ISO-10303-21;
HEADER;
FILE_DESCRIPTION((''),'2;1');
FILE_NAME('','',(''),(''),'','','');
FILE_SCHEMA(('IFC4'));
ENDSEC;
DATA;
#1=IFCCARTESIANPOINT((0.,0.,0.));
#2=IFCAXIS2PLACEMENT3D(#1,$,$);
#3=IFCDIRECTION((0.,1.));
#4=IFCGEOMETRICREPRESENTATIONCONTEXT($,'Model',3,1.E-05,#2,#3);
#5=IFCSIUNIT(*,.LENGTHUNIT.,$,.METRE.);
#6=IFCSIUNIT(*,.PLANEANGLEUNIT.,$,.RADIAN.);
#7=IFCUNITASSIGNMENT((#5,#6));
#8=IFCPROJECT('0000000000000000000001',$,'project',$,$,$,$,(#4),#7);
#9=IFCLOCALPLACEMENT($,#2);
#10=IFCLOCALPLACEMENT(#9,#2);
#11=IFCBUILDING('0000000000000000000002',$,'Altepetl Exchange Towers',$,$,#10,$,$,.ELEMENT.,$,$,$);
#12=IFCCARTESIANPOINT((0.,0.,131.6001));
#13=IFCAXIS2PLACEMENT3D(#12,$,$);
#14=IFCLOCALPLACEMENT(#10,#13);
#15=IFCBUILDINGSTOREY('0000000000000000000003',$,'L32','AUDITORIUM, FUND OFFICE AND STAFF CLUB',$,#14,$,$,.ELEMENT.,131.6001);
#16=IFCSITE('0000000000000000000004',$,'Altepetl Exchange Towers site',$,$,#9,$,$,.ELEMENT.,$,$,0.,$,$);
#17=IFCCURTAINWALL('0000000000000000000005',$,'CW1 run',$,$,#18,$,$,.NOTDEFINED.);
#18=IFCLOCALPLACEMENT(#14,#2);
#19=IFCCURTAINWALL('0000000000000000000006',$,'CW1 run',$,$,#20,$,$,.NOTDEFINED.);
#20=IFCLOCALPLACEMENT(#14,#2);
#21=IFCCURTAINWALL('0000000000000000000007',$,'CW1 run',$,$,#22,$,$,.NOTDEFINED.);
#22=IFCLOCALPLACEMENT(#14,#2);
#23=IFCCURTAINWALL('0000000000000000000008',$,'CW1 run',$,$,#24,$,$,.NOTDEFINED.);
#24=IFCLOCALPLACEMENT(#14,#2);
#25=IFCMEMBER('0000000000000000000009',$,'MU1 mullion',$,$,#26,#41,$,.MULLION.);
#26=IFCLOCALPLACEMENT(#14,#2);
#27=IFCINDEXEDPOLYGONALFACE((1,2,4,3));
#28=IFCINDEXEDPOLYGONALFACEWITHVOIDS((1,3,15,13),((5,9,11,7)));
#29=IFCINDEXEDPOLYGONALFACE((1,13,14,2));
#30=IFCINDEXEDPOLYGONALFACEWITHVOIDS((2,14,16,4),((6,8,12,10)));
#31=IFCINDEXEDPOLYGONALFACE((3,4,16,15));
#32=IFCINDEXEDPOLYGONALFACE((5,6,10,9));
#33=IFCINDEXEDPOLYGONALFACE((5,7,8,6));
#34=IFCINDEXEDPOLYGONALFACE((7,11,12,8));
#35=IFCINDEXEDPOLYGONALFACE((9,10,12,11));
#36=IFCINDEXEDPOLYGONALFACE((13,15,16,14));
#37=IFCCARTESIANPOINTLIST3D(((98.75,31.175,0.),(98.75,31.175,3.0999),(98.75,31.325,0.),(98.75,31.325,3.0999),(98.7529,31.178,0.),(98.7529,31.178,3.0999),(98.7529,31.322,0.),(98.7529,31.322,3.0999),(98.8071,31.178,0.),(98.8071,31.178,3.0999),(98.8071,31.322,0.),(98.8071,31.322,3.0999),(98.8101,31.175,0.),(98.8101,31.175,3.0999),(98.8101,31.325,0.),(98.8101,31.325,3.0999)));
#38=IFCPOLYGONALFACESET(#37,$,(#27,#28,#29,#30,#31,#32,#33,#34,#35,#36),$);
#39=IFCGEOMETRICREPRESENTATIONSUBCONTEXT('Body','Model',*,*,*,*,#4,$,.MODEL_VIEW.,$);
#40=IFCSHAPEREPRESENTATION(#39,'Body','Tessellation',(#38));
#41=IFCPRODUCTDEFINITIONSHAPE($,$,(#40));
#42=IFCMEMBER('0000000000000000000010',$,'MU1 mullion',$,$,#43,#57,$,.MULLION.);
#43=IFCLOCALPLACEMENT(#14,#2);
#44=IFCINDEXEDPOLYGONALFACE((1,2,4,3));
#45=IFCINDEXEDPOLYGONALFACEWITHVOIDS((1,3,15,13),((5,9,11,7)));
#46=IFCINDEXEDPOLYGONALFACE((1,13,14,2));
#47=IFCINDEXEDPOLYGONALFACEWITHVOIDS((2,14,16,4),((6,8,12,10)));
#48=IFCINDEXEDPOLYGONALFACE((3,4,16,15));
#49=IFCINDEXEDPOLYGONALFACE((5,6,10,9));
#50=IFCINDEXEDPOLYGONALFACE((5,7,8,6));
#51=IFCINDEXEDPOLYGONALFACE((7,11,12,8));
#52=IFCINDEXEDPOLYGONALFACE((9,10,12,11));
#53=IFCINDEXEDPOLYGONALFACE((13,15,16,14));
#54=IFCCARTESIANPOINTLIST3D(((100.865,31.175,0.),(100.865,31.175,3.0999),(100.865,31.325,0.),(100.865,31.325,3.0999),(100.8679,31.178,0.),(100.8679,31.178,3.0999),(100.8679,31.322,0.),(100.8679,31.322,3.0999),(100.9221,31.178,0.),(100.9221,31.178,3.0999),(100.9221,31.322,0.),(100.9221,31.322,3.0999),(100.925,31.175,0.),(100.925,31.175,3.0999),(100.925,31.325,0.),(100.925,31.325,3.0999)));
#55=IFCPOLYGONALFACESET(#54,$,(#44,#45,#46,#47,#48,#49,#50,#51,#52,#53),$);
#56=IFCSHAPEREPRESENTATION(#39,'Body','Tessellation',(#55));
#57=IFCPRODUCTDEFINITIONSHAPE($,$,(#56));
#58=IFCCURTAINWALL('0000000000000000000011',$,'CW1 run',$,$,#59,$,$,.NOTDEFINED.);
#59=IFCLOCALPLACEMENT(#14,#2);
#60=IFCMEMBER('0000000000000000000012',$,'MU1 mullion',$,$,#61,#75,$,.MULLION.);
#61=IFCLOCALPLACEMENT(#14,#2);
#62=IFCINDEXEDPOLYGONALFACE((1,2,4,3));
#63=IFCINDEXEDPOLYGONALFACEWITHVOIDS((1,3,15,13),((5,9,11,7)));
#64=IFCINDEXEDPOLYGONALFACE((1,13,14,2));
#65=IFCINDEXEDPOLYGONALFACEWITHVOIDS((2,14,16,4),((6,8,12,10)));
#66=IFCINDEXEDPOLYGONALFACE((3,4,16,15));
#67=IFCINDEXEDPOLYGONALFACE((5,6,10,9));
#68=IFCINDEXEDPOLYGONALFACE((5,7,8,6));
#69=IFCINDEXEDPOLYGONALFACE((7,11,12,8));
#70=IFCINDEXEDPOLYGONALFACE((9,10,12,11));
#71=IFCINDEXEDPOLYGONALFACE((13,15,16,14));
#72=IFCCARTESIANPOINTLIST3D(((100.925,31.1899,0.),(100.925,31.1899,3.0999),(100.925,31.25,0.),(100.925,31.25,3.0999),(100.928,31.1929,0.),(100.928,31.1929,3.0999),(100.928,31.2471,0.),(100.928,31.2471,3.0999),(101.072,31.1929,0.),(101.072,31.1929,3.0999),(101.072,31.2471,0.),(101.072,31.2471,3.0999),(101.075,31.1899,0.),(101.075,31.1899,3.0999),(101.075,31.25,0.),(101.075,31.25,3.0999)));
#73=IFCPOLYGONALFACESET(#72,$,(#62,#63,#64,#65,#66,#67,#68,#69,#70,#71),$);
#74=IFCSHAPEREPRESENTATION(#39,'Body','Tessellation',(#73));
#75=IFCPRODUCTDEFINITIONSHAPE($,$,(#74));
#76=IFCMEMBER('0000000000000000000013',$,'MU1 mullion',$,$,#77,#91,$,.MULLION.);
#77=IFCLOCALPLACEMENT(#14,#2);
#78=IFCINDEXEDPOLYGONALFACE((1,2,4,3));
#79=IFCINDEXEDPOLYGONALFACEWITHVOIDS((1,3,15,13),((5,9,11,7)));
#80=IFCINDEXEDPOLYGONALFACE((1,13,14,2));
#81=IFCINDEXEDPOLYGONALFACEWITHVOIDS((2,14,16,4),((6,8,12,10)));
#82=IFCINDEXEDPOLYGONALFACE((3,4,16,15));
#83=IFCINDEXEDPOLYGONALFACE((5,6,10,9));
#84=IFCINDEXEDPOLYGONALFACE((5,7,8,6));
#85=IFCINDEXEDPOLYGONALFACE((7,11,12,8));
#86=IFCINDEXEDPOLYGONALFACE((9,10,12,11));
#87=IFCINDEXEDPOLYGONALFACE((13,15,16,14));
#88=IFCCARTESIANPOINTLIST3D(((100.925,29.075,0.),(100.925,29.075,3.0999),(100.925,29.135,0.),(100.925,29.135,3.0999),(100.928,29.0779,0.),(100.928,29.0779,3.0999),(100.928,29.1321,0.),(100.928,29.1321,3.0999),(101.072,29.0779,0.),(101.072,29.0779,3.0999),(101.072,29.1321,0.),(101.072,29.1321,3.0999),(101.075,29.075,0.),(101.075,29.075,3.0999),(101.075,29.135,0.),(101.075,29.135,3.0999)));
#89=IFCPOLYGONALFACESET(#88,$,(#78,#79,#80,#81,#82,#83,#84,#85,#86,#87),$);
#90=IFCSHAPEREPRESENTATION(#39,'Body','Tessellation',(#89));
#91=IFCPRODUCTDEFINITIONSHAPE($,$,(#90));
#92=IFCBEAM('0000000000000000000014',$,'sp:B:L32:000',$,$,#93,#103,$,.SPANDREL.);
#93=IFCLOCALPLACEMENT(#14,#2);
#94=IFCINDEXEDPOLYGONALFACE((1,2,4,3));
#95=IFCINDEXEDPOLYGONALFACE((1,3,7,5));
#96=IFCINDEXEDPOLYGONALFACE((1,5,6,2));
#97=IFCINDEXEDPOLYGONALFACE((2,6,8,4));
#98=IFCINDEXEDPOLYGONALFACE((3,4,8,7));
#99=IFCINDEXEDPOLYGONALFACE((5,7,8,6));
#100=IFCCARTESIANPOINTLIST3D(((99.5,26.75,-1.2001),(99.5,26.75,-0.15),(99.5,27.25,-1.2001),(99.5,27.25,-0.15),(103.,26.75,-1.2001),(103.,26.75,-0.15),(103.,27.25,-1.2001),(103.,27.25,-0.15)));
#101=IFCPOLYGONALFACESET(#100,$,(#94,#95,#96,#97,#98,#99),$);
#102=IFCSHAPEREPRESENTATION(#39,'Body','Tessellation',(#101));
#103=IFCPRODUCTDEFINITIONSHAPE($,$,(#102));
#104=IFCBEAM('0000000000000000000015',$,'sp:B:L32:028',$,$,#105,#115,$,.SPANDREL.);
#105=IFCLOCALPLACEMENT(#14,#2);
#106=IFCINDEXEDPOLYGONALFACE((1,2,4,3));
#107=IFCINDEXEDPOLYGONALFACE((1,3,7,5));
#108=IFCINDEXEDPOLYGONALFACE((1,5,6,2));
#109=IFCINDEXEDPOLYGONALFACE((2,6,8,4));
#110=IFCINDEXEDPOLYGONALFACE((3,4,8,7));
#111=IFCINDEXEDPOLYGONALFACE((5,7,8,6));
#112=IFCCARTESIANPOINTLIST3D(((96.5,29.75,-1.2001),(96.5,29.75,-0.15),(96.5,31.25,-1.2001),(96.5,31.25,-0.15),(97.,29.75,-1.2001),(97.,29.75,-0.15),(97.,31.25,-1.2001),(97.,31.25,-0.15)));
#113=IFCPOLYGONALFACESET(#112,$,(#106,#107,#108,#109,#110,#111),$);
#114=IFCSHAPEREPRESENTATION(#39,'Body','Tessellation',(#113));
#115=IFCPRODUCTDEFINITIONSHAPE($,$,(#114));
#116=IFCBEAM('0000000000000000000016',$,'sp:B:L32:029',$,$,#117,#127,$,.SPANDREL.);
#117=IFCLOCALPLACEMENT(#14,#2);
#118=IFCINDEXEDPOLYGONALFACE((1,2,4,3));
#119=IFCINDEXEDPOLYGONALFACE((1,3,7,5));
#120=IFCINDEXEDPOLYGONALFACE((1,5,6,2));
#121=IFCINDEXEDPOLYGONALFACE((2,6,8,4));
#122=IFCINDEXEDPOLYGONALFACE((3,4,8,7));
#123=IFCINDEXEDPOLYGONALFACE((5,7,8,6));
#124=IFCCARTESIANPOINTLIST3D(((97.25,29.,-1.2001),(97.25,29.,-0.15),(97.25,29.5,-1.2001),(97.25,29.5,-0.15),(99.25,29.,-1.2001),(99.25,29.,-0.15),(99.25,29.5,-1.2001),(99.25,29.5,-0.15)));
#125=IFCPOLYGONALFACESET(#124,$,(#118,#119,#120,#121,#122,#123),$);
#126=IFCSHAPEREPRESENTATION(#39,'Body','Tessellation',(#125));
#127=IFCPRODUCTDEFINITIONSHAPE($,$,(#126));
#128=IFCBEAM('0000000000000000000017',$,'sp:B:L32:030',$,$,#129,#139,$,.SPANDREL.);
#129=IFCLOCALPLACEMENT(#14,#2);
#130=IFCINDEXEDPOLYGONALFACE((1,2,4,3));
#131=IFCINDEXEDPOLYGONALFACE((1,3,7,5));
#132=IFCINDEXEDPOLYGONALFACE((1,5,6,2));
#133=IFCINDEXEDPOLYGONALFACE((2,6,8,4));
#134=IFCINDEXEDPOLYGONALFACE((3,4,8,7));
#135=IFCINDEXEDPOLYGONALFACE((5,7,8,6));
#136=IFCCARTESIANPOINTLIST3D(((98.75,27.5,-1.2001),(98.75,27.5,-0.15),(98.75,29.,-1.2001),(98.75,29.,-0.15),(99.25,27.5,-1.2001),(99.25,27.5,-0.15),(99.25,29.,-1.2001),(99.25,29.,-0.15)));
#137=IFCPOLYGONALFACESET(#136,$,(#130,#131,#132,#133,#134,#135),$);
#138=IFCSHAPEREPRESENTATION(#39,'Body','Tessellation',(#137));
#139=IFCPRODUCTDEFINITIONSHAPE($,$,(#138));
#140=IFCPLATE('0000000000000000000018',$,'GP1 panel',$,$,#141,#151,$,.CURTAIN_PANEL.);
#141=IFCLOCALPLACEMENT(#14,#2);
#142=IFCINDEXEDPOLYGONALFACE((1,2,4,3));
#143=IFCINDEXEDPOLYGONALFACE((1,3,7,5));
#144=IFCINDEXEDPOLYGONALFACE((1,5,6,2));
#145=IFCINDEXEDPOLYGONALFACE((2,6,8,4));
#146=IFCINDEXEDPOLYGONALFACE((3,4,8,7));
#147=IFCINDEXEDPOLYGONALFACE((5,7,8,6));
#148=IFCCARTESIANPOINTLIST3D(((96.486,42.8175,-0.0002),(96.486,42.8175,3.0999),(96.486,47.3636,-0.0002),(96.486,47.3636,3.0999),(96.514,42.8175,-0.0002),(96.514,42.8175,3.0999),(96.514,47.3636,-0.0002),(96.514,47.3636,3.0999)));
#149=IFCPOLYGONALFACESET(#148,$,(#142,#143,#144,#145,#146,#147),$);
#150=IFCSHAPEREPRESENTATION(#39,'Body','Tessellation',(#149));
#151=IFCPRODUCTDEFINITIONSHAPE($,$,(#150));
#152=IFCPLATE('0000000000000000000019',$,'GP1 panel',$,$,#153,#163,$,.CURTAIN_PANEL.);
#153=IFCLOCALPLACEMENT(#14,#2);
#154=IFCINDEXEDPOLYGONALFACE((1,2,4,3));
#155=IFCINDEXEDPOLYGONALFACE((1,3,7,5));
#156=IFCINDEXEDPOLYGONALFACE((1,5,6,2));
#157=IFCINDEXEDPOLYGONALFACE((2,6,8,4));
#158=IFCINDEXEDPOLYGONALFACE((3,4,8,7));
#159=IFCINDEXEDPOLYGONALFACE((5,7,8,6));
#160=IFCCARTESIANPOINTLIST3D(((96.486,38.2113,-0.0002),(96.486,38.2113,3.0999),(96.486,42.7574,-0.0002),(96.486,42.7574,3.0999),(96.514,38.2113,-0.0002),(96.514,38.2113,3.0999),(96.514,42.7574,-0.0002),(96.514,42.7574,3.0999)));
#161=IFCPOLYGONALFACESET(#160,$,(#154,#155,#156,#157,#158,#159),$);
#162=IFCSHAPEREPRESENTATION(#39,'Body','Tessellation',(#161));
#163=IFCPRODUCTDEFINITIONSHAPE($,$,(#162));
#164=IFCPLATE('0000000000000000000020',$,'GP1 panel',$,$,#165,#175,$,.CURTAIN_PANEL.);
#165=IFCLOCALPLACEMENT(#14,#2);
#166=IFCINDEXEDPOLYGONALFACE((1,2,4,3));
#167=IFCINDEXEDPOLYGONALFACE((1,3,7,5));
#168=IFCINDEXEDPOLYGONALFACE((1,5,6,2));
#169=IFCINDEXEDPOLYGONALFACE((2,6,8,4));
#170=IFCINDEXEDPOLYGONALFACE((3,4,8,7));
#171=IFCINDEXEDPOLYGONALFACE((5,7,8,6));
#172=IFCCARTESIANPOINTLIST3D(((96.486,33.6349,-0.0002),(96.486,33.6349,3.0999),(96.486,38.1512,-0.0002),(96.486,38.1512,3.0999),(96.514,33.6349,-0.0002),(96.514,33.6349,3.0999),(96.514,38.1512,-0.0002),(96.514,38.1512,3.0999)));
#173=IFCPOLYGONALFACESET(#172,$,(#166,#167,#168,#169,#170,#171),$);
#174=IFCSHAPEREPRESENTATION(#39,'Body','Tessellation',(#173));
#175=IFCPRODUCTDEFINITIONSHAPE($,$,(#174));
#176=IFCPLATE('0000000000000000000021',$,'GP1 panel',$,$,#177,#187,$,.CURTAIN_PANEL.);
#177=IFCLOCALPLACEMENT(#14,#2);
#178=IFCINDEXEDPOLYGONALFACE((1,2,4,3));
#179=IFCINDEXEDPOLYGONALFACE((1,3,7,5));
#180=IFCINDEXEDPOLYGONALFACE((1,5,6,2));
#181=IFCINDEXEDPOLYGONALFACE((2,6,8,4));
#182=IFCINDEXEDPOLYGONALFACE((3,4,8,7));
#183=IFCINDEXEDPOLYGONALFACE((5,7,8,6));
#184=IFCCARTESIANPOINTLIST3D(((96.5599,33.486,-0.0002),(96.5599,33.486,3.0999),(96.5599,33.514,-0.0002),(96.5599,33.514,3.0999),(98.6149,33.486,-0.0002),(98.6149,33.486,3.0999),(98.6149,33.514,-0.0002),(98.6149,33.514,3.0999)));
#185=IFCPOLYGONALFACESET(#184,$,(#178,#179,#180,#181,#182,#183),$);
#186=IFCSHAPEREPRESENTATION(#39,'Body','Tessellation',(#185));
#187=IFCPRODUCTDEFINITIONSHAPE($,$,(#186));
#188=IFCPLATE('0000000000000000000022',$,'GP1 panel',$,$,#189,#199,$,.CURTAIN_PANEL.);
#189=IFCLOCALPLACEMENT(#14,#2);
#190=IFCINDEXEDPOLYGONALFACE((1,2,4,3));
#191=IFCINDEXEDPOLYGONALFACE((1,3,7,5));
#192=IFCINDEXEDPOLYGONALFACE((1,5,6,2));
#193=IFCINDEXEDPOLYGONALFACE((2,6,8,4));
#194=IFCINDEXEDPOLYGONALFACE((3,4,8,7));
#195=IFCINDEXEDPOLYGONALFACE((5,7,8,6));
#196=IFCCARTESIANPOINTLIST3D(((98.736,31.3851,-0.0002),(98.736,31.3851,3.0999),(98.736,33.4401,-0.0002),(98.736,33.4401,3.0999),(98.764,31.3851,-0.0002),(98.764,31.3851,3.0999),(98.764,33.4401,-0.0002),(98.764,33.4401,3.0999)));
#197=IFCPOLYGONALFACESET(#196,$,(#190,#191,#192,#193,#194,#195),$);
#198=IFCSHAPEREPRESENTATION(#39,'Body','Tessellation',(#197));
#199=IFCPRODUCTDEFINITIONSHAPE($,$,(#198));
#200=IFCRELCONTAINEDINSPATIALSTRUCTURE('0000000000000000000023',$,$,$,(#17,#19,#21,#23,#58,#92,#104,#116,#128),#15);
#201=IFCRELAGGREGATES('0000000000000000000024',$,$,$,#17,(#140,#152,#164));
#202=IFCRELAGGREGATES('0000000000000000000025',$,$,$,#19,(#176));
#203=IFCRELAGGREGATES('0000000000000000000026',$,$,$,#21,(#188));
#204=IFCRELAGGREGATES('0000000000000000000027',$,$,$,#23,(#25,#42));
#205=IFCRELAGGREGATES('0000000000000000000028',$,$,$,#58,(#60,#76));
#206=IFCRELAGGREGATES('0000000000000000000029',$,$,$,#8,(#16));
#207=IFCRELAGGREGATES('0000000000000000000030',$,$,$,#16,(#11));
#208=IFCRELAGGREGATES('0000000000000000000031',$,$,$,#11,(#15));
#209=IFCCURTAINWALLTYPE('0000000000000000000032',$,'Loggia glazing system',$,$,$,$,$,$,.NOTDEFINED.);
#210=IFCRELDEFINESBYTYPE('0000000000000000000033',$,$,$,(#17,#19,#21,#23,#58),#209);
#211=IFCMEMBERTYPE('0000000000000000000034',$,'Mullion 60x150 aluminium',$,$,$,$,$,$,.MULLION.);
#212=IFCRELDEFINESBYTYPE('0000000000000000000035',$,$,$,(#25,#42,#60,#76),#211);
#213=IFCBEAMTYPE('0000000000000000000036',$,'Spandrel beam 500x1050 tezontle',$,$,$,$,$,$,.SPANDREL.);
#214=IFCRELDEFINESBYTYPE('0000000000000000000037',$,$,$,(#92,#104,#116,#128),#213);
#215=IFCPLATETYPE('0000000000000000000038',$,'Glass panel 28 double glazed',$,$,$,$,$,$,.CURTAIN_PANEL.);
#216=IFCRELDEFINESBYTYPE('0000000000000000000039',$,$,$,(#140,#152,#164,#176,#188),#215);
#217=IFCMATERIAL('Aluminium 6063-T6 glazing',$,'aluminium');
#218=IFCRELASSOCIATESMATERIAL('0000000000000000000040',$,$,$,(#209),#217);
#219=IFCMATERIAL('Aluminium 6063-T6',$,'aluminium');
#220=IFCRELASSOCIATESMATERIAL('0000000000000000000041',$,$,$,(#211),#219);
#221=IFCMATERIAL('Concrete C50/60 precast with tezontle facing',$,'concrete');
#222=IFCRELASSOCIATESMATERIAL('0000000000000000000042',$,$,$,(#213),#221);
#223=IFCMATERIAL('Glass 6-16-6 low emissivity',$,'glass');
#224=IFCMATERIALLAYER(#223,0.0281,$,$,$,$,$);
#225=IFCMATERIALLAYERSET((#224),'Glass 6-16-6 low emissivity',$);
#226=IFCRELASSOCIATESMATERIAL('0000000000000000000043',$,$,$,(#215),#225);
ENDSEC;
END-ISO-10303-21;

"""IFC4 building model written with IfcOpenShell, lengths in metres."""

from ifc_helpers import new_model, si_unit, direction, frame, origin, origin_2d, place, context, subcontext, project, spatial, rectangle, hollow_rectangle, extrude, material, layer, layer_set, material_profile, profile_set, type_object, element, aggregate, save


model = new_model("IFC4")

# Units and contexts
model_context = context("Model", 3, precision=1e-05, world=origin(), true_north=direction((0.0, 1.0)))
body_context = subcontext(model_context, "Body", "Model", "MODEL_VIEW")
ifc_project = project(units=[si_unit("LENGTHUNIT", "METRE"), si_unit("PLANEANGLEUNIT", "RADIAN")], contexts=[model_context])

# Site, building, storey
site_placement = place(None, origin())
site = spatial("IfcSite", under=ifc_project, at=site_placement, Name="Altepetl Exchange Towers site", CompositionType="ELEMENT", RefElevation=0.0)
building_placement = place(site_placement, origin())
building = spatial("IfcBuilding", under=site, at=building_placement, Name="Altepetl Exchange Towers", CompositionType="ELEMENT")
storey_placement = place(building_placement, frame((0.0, 0.0, 131.6001)))
storey = spatial("IfcBuildingStorey", under=building, at=storey_placement, Name="L32", Description="AUDITORIUM, FUND OFFICE AND STAFF CLUB", CompositionType="ELEMENT", Elevation=131.6001)

# Curtain walls, members
ifc_material_1 = material(Name="Aluminium 6063-T6 glazing", Category="aluminium")
curtain_wall_type = type_object("IfcCurtainWallType", Name="Loggia glazing system", PredefinedType="NOTDEFINED", material=ifc_material_1)
curtain_wall_1_placement = place(storey_placement, origin())
curtain_wall_1 = element("IfcCurtainWall", 1, at=curtain_wall_1_placement, inside=storey, type_object=curtain_wall_type, Name="CW1 run", PredefinedType="NOTDEFINED")
ifc_material_2 = material(Name="Aluminium 6063-T6", Category="aluminium")
ifc_material_profile_1 = material_profile(ifc_material_2, hollow_rectangle(XDim=0.0601, YDim=0.1499, WallThickness=0.0029, at=origin_2d()), Name="Mullion 60x150 aluminium")
ifc_profile_set_1 = profile_set([ifc_material_profile_1], Name="Aluminium 6063-T6")
member_type = type_object("IfcMemberType", Name="Mullion 60x150 aluminium", PredefinedType="MULLION", material=ifc_profile_set_1)
curtain_wall_2_placement = place(storey_placement, origin())
curtain_wall_2 = element("IfcCurtainWall", 2, at=curtain_wall_2_placement, inside=storey, type_object=curtain_wall_type, Name="CW1 run", PredefinedType="NOTDEFINED")
curtain_wall_3_placement = place(storey_placement, origin())
curtain_wall_3 = element("IfcCurtainWall", 3, at=curtain_wall_3_placement, inside=storey, type_object=curtain_wall_type, Name="CW1 run", PredefinedType="NOTDEFINED")
curtain_wall_4_placement = place(storey_placement, origin())
curtain_wall_4 = element("IfcCurtainWall", 4, at=curtain_wall_4_placement, inside=storey, type_object=curtain_wall_type, Name="CW1 run", PredefinedType="NOTDEFINED")
member_1_placement = place(storey_placement, frame((98.78, 31.25, 0.0)))
member_1 = element("IfcMember", 5, at=member_1_placement, type_object=member_type, Name="MU1 mullion", PredefinedType="MULLION", context=body_context, shape_type="SweptSolid", body=[
    extrude(hollow_rectangle(XDim=0.0601, YDim=0.1499, WallThickness=0.0029, at=origin_2d()), origin(), (0.0, 0.0, 1.0), 3.0999),
])
member_2_placement = place(storey_placement, frame((100.895, 31.25, 0.0)))
member_2 = element("IfcMember", 6, at=member_2_placement, type_object=member_type, Name="MU1 mullion", PredefinedType="MULLION", context=body_context, shape_type="SweptSolid", body=[
    extrude(hollow_rectangle(XDim=0.0601, YDim=0.1499, WallThickness=0.0029, at=origin_2d()), origin(), (0.0, 0.0, 1.0), 3.0999),
])
curtain_wall_5_placement = place(storey_placement, origin())
curtain_wall_5 = element("IfcCurtainWall", 7, at=curtain_wall_5_placement, inside=storey, type_object=curtain_wall_type, Name="CW1 run", PredefinedType="NOTDEFINED")
member_3_placement = place(storey_placement, frame((101.0, 31.22, 0.0), z_axis=(0.0, 0.0, 1.0), x_axis=(0.0, -1.0, 0.0)))
member_3 = element("IfcMember", 8, at=member_3_placement, type_object=member_type, Name="MU1 mullion", PredefinedType="MULLION", context=body_context, shape_type="SweptSolid", body=[
    extrude(hollow_rectangle(XDim=0.0601, YDim=0.1499, WallThickness=0.0029, at=origin_2d()), origin(), (0.0, 0.0, 1.0), 3.0999),
])
member_4_placement = place(storey_placement, frame((101.0, 29.105, 0.0), z_axis=(0.0, 0.0, 1.0), x_axis=(0.0, -1.0, 0.0)))
member_4 = element("IfcMember", 9, at=member_4_placement, type_object=member_type, Name="MU1 mullion", PredefinedType="MULLION", context=body_context, shape_type="SweptSolid", body=[
    extrude(hollow_rectangle(XDim=0.0601, YDim=0.1499, WallThickness=0.0029, at=origin_2d()), origin(), (0.0, 0.0, 1.0), 3.0999),
])

# Beams
ifc_material_3 = material(Name="Concrete C50/60 precast with tezontle facing", Category="concrete")
ifc_material_profile_2 = material_profile(ifc_material_3, rectangle(XDim=0.5, YDim=1.05, at=origin_2d()), Name="500 x 1050")
ifc_profile_set_2 = profile_set([ifc_material_profile_2], Name="Concrete C50/60 precast with tezontle facing")
beam_type_1 = type_object("IfcBeamType", Name="Spandrel beam 500x1050 tezontle", PredefinedType="SPANDREL", material=ifc_profile_set_2)
beam_1_placement = place(storey_placement, frame((99.5, 27.0, -0.675), z_axis=(1.0, 0.0, 0.0), x_axis=(0.0, 1.0, 0.0)))
element("IfcBeam", 10, at=beam_1_placement, inside=storey, type_object=beam_type_1, Name="sp:B:L32:000", PredefinedType="SPANDREL", context=body_context, shape_type="SweptSolid", body=[
    extrude(rectangle(XDim=0.5, YDim=1.05, at=origin_2d()), origin(), (0.0, 0.0, 1.0), 3.5),
])
beam_2_placement = place(storey_placement, frame((96.75, 31.25, -0.675), z_axis=(0.0, -1.0, 0.0), x_axis=(1.0, 0.0, 0.0)))
element("IfcBeam", 11, at=beam_2_placement, inside=storey, type_object=beam_type_1, Name="sp:B:L32:028", PredefinedType="SPANDREL", context=body_context, shape_type="SweptSolid", body=[
    extrude(rectangle(XDim=0.5, YDim=1.05, at=origin_2d()), origin(), (0.0, 0.0, 1.0), 1.5),
])
beam_3_placement = place(storey_placement, frame((97.25, 29.25, -0.675), z_axis=(1.0, 0.0, 0.0), x_axis=(0.0, 1.0, 0.0)))
element("IfcBeam", 12, at=beam_3_placement, inside=storey, type_object=beam_type_1, Name="sp:B:L32:029", PredefinedType="SPANDREL", context=body_context, shape_type="SweptSolid", body=[
    extrude(rectangle(XDim=0.5, YDim=1.05, at=origin_2d()), origin(), (0.0, 0.0, 1.0), 2.0),
])
beam_4_placement = place(storey_placement, frame((99.0, 29.0, -0.675), z_axis=(0.0, -1.0, 0.0), x_axis=(1.0, 0.0, 0.0)))
element("IfcBeam", 13, at=beam_4_placement, inside=storey, type_object=beam_type_1, Name="sp:B:L32:030", PredefinedType="SPANDREL", context=body_context, shape_type="SweptSolid", body=[
    extrude(rectangle(XDim=0.5, YDim=1.05, at=origin_2d()), origin(), (0.0, 0.0, 1.0), 1.5),
])

# Plates
ifc_material_4 = material(Name="Glass 6-16-6 low emissivity", Category="glass")
ifc_layer_1 = layer(ifc_material_4, 0.0281)
ifc_layer_set_1 = layer_set([ifc_layer_1], Name="Glass 6-16-6 low emissivity")
plate_type = type_object("IfcPlateType", Name="Glass panel 28 double glazed", PredefinedType="CURTAIN_PANEL", material=ifc_layer_set_1)
plate_1_placement = place(storey_placement, frame((96.5, 45.0906, -0.0002), z_axis=(0.0, 0.0, 1.0), x_axis=(0.0, -1.0, 0.0)))
plate_1 = element("IfcPlate", 14, at=plate_1_placement, type_object=plate_type, Name="GP1 panel", PredefinedType="CURTAIN_PANEL", context=body_context, shape_type="SweptSolid", body=[
    extrude(rectangle(XDim=4.5461, YDim=0.0281, at=origin_2d()), origin(), (0.0, 0.0, 1.0), 3.1001),
])
plate_2_placement = place(storey_placement, frame((96.5, 40.4844, -0.0002), z_axis=(0.0, 0.0, 1.0), x_axis=(0.0, -1.0, 0.0)))
plate_2 = element("IfcPlate", 15, at=plate_2_placement, type_object=plate_type, Name="GP1 panel", PredefinedType="CURTAIN_PANEL", context=body_context, shape_type="SweptSolid", body=[
    extrude(rectangle(XDim=4.5461, YDim=0.0281, at=origin_2d()), origin(), (0.0, 0.0, 1.0), 3.1001),
])
plate_3_placement = place(storey_placement, frame((96.5, 35.8931, -0.0002), z_axis=(0.0, 0.0, 1.0), x_axis=(0.0, -1.0, 0.0)))
plate_3 = element("IfcPlate", 16, at=plate_3_placement, type_object=plate_type, Name="GP1 panel", PredefinedType="CURTAIN_PANEL", context=body_context, shape_type="SweptSolid", body=[
    extrude(rectangle(XDim=4.5164, YDim=0.0281, at=origin_2d()), origin(), (0.0, 0.0, 1.0), 3.1001),
])
aggregate(curtain_wall_1, [plate_1, plate_2, plate_3])
plate_4_placement = place(storey_placement, frame((97.5874, 33.5, -0.0002)))
plate_4 = element("IfcPlate", 17, at=plate_4_placement, type_object=plate_type, Name="GP1 panel", PredefinedType="CURTAIN_PANEL", context=body_context, shape_type="SweptSolid", body=[
    extrude(rectangle(XDim=2.0549, YDim=0.0281, at=origin_2d()), origin(), (0.0, 0.0, 1.0), 3.1001),
])
aggregate(curtain_wall_2, [plate_4])
plate_5_placement = place(storey_placement, frame((98.75, 32.4126, -0.0002), z_axis=(0.0, 0.0, 1.0), x_axis=(0.0, -1.0, 0.0)))
plate_5 = element("IfcPlate", 18, at=plate_5_placement, type_object=plate_type, Name="GP1 panel", PredefinedType="CURTAIN_PANEL", context=body_context, shape_type="SweptSolid", body=[
    extrude(rectangle(XDim=2.0549, YDim=0.0281, at=origin_2d()), origin(), (0.0, 0.0, 1.0), 3.1001),
])
aggregate(curtain_wall_3, [plate_5])
aggregate(curtain_wall_4, [member_1, member_2])
aggregate(curtain_wall_5, [member_3, member_4])

save(model, "model.ifc")
